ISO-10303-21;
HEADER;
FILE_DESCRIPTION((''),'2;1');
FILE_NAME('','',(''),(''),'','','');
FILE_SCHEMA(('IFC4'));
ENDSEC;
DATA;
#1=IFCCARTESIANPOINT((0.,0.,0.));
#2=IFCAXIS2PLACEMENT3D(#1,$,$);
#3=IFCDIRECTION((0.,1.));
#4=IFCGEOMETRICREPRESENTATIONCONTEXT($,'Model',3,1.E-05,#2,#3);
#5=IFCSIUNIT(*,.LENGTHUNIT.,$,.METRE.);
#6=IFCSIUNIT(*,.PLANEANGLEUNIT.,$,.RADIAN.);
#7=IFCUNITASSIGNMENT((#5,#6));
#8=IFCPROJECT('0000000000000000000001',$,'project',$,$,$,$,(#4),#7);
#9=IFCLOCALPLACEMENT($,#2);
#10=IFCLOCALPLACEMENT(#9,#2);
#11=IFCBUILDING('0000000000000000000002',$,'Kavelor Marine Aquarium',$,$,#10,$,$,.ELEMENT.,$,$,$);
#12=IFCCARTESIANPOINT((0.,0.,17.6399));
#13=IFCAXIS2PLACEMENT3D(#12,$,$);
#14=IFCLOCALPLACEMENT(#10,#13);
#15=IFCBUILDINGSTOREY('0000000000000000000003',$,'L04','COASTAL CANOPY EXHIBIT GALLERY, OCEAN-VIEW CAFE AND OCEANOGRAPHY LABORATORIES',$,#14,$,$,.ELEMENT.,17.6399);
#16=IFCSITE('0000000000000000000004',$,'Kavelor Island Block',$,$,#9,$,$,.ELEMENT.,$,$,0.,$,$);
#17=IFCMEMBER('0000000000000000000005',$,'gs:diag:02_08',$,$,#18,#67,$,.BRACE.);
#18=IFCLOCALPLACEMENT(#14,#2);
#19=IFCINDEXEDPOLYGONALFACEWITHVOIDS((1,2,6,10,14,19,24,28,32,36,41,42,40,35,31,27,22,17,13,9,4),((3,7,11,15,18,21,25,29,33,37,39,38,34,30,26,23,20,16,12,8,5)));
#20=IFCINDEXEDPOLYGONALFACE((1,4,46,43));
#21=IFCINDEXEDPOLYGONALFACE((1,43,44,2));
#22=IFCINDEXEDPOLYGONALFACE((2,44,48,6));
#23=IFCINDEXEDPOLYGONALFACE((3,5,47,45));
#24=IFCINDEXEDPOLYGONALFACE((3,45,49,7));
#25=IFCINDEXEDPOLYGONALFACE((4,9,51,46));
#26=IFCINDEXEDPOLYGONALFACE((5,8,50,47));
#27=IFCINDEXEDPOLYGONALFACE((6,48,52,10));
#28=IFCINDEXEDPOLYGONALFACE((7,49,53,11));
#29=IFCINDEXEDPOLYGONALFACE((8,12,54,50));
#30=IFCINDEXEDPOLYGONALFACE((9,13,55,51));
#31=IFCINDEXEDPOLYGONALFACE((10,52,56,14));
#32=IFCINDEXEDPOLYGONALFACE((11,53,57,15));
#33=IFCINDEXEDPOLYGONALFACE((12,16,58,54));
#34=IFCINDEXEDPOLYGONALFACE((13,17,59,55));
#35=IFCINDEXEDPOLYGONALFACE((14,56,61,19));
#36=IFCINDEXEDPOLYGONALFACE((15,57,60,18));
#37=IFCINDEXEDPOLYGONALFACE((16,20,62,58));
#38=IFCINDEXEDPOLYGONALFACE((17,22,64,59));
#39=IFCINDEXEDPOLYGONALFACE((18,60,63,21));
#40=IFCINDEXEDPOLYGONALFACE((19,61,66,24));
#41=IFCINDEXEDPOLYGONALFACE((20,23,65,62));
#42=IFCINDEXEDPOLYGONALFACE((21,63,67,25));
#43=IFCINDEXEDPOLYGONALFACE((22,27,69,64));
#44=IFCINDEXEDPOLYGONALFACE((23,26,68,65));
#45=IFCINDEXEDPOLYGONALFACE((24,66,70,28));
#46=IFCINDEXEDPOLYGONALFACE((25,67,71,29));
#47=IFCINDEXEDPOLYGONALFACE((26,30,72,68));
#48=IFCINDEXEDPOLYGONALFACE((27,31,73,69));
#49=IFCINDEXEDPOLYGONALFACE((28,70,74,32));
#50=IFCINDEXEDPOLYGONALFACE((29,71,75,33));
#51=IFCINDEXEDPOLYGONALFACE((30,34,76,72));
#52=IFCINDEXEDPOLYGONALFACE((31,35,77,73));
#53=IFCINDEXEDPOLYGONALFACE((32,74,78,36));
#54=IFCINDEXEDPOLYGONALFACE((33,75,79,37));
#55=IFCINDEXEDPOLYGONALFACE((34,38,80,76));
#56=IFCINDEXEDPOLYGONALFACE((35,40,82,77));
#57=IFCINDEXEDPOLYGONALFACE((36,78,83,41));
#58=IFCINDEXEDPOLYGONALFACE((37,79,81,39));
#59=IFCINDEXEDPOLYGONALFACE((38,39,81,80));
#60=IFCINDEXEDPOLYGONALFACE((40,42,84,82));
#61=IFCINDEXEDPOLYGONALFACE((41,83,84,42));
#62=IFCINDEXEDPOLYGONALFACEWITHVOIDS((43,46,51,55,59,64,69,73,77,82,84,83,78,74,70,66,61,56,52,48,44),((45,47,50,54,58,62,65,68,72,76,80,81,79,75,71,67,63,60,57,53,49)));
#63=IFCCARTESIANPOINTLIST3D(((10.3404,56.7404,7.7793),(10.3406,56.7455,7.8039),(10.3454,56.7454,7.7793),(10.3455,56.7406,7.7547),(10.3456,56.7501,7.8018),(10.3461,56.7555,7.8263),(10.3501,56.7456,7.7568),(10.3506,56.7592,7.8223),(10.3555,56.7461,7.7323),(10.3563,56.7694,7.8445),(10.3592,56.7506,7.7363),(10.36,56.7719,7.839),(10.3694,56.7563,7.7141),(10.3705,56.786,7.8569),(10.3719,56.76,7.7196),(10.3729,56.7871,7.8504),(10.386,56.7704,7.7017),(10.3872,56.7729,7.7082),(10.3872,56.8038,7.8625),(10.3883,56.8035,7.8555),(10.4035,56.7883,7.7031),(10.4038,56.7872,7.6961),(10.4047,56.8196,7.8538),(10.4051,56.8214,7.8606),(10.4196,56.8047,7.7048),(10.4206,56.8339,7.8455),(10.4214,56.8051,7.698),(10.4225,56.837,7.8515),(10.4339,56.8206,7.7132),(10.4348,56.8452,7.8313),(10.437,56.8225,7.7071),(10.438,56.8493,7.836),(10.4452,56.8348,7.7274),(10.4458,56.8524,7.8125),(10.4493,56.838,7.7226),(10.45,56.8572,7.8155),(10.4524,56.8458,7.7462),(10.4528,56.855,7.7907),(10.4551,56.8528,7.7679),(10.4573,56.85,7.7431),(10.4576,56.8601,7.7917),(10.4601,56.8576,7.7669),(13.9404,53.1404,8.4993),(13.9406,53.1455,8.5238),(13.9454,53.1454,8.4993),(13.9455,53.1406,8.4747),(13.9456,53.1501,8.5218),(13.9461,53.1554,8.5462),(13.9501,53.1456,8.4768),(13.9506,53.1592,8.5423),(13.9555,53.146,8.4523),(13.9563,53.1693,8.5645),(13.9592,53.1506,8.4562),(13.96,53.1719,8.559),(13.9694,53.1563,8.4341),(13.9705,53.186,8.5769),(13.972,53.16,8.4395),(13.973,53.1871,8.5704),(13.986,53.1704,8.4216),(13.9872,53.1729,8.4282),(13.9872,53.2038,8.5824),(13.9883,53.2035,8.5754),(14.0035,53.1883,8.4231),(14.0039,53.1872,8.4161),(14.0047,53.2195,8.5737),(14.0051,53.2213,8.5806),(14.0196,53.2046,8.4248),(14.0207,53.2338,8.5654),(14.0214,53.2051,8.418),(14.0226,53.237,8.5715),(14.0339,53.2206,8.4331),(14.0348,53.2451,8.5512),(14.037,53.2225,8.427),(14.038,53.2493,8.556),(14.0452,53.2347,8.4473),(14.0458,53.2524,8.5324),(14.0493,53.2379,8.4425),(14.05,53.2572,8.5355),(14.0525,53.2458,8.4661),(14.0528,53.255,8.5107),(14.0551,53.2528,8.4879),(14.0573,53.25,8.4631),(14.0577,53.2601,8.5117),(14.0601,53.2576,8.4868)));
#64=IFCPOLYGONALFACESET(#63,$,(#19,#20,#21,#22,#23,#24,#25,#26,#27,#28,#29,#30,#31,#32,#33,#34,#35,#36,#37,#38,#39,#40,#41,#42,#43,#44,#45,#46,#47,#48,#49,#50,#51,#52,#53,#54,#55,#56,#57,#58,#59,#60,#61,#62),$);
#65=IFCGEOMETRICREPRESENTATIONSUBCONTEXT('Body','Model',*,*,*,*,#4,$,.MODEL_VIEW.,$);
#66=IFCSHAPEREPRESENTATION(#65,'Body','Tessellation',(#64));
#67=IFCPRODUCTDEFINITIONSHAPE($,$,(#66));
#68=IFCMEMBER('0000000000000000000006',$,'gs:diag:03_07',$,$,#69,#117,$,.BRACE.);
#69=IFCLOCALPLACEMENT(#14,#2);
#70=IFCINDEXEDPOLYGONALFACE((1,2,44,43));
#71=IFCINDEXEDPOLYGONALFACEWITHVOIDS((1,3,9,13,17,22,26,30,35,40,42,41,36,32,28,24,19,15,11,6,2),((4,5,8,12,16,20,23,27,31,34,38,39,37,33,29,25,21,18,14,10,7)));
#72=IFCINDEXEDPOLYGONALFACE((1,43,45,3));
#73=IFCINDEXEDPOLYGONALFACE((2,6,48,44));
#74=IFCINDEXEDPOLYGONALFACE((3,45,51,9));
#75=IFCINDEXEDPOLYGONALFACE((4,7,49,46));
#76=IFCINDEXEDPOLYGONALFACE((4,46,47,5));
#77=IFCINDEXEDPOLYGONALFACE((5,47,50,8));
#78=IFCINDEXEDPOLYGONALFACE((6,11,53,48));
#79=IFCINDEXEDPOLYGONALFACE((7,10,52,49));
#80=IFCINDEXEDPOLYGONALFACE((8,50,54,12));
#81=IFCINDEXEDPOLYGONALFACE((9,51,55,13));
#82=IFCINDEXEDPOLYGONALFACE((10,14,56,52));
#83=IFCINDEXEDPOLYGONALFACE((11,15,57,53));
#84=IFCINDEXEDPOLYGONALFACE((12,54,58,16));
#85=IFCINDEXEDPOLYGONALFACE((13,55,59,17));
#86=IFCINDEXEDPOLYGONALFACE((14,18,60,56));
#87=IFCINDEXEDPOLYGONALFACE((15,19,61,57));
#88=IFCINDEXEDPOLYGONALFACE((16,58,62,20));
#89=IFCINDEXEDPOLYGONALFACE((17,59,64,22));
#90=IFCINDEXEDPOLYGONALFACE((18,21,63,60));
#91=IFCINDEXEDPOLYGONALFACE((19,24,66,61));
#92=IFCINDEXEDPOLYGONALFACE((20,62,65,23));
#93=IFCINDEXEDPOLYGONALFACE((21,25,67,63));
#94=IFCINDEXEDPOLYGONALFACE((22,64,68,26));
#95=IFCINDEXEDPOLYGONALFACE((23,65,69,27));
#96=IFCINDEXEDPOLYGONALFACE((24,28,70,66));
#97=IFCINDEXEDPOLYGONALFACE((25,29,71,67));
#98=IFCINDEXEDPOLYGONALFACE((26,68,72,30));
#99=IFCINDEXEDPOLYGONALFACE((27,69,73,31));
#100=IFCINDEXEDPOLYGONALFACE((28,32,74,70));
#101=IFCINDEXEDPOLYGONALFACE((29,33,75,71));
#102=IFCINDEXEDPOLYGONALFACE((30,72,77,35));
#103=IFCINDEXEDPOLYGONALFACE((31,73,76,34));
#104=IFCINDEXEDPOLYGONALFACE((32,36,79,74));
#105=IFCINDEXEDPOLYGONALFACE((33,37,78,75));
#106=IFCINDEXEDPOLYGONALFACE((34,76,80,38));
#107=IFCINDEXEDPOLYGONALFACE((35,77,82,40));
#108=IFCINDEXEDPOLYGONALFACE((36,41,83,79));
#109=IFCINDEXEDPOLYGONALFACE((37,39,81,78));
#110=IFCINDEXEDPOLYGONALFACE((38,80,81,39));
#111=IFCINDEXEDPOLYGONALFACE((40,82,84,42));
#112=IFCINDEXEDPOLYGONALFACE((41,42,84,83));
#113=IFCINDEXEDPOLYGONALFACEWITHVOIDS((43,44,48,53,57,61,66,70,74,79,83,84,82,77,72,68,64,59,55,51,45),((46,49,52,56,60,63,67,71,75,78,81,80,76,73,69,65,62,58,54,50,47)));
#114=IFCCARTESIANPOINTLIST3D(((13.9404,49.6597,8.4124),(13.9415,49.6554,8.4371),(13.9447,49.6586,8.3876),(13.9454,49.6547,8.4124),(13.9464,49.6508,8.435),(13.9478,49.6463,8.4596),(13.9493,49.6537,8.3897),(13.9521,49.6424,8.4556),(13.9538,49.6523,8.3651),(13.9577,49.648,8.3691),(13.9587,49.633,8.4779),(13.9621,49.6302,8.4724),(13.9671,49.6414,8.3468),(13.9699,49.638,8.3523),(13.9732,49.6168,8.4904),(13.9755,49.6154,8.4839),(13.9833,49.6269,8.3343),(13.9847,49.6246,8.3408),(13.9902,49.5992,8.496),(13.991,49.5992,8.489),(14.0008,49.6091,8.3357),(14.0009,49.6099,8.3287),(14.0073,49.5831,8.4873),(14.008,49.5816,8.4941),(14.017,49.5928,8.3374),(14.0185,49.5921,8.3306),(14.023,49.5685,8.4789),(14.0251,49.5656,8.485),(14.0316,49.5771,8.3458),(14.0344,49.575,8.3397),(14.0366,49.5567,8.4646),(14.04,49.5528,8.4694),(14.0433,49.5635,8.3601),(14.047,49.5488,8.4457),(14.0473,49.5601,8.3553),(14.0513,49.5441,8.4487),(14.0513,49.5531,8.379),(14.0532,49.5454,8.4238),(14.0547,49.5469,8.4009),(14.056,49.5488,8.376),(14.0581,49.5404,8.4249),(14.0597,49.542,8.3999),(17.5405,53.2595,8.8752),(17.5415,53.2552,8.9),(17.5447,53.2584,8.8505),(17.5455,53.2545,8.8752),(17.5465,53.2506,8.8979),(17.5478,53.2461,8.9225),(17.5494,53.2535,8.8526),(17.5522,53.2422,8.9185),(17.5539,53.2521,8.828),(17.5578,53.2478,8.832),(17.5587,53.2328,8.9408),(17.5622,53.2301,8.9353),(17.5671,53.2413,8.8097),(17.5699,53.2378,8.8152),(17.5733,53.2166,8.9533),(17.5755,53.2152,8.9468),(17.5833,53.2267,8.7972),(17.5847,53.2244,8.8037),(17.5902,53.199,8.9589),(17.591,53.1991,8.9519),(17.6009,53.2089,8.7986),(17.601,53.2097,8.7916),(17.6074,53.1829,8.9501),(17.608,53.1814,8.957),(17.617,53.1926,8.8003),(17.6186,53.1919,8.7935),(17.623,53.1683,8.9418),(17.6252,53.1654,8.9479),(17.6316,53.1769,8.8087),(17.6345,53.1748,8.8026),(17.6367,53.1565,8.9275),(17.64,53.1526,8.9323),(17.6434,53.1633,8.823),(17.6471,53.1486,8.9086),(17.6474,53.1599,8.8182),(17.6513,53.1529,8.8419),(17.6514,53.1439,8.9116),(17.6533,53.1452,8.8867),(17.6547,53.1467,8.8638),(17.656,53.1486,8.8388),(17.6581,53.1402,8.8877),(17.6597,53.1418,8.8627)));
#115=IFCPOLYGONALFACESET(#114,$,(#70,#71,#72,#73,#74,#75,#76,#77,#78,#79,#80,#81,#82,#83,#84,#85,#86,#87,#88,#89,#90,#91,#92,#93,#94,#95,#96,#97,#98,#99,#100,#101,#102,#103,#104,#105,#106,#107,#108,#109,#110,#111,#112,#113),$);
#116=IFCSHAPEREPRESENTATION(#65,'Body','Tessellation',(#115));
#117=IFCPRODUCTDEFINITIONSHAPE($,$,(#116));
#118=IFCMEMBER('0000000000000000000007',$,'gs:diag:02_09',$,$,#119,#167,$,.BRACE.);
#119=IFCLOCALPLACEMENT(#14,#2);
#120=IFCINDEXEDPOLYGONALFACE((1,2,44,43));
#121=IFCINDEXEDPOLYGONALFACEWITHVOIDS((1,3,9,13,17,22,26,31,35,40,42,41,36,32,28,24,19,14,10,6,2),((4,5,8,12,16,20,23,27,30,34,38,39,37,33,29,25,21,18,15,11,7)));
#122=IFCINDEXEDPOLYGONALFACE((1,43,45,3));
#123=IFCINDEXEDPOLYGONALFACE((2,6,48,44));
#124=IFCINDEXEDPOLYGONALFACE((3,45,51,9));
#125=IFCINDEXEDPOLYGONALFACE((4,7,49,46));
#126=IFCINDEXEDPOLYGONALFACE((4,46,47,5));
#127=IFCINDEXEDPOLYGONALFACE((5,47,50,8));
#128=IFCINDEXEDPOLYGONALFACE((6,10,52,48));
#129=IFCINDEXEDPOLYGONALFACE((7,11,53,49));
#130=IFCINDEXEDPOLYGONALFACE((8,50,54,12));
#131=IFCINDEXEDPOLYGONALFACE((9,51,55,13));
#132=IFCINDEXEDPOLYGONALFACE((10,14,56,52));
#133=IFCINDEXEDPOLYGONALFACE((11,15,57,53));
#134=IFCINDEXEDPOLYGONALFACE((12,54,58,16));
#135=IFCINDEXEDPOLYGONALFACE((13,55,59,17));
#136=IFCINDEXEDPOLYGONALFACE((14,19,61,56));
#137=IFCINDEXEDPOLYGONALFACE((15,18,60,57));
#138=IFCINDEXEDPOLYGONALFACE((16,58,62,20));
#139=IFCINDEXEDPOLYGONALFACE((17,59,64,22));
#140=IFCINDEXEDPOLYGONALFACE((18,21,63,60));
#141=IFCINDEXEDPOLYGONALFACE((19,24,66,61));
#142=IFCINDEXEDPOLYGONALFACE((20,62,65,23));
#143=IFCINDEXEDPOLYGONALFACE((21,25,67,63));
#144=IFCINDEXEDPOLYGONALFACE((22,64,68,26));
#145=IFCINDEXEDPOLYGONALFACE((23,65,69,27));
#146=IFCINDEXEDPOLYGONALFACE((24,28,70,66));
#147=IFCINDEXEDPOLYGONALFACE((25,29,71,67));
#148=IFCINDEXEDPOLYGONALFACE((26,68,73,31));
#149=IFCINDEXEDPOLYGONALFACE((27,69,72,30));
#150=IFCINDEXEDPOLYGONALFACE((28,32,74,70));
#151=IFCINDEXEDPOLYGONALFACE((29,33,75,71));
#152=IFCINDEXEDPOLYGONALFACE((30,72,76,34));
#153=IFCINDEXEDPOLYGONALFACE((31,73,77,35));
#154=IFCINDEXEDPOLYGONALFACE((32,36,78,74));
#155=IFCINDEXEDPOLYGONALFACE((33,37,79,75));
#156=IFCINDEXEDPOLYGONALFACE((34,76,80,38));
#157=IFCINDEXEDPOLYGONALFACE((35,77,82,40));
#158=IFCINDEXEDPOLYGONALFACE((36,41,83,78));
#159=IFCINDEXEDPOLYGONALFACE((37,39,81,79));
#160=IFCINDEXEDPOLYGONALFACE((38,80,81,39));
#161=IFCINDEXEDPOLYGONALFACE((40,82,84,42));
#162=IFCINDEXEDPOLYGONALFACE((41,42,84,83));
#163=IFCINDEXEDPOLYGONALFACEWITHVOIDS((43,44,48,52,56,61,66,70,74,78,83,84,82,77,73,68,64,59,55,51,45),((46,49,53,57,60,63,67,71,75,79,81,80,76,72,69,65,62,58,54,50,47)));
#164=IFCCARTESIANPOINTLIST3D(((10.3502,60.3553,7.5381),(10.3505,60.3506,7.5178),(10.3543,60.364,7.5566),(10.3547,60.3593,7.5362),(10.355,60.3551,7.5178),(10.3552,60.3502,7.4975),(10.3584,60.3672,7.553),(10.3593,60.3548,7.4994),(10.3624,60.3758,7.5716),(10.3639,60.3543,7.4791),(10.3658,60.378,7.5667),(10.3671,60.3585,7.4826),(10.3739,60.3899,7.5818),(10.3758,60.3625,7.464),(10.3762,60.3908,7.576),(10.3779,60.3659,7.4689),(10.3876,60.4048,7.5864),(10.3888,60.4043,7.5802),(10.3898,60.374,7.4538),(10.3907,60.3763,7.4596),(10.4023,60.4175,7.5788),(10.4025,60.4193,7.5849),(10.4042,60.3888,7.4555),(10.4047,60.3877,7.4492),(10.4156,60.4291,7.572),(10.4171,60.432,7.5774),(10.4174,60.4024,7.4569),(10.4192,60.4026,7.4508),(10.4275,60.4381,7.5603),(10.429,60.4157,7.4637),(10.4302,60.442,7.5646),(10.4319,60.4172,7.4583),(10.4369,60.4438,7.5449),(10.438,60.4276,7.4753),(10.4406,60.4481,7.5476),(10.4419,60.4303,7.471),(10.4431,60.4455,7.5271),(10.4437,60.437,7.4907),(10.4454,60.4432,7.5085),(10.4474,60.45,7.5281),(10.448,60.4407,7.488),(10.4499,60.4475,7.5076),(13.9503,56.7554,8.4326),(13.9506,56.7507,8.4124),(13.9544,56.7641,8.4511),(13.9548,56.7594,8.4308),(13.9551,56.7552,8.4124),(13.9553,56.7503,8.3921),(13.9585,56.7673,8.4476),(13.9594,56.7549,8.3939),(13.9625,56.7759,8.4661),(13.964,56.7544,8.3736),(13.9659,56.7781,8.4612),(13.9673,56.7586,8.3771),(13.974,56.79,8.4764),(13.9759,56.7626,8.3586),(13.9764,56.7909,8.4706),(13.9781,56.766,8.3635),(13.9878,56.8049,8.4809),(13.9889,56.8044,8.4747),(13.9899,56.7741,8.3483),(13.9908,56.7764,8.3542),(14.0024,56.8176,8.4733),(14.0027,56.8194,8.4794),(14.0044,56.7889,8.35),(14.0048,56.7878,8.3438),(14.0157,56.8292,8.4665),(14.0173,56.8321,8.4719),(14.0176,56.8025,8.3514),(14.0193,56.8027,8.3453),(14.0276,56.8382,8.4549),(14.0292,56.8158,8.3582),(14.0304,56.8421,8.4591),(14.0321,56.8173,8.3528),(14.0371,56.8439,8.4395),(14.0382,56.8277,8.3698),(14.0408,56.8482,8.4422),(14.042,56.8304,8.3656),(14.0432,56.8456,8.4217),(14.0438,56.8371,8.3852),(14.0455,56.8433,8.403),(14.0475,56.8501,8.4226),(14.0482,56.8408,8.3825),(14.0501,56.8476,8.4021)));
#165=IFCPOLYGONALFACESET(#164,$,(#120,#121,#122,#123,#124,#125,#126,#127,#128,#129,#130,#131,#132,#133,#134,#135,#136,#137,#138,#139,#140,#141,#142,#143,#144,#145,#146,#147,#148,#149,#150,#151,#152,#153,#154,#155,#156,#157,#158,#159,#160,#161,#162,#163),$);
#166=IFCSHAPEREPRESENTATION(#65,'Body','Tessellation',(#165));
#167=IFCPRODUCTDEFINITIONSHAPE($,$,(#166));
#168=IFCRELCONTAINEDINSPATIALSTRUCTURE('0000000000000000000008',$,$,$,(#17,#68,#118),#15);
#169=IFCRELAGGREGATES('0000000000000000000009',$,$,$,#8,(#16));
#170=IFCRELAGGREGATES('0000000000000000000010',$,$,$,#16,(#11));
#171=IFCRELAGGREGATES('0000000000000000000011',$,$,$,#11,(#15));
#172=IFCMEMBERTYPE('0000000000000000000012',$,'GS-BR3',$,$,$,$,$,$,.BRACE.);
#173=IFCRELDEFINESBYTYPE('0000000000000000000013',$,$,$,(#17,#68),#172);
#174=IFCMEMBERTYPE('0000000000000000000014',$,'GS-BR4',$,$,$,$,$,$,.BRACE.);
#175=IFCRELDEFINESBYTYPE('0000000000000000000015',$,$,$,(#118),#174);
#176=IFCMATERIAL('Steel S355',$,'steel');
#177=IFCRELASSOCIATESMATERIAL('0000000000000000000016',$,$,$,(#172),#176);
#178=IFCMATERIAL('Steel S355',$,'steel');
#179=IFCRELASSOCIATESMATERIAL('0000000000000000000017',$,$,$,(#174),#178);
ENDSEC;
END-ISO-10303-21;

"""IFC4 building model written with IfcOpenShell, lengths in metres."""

from ifc_helpers import new_model, si_unit, direction, frame, origin, origin_2d, place, context, subcontext, project, spatial, hollow_circle, extrude, material, material_profile, profile_set, type_object, element, save


model = new_model("IFC4")

# Units and contexts
model_context = context("Model", 3, precision=1e-05, world=origin(), true_north=direction((0.0, 1.0)))
body_context = subcontext(model_context, "Body", "Model", "MODEL_VIEW")
ifc_project = project(units=[si_unit("LENGTHUNIT", "METRE"), si_unit("PLANEANGLEUNIT", "RADIAN")], contexts=[model_context])

# Site, building, storey
site_placement = place(None, origin())
site = spatial("IfcSite", under=ifc_project, at=site_placement, Name="Kavelor Island Block", CompositionType="ELEMENT", RefElevation=0.0)
building_placement = place(site_placement, origin())
building = spatial("IfcBuilding", under=site, at=building_placement, Name="Kavelor Marine Aquarium", CompositionType="ELEMENT")
storey_placement = place(building_placement, frame((0.0, 0.0, 17.6399)))
storey = spatial("IfcBuildingStorey", under=building, at=storey_placement, Name="L04", Description="COASTAL CANOPY EXHIBIT GALLERY, OCEAN-VIEW CAFE AND OCEANOGRAPHY LABORATORIES", CompositionType="ELEMENT", Elevation=17.6399)

# Members
ifc_material_1 = material(Name="Steel S355", Category="steel")
ifc_material_profile_1 = material_profile(ifc_material_1, hollow_circle(Radius=0.0842, WallThickness=0.0071, at=origin_2d()), Name="CHS 168.3x7.1")
ifc_profile_set_1 = profile_set([ifc_material_profile_1], Name="Steel S355")
member_type_1 = type_object("IfcMemberType", Name="GS-BR3", PredefinedType="BRACE", material=ifc_profile_set_1)
member_1_placement = place(storey_placement, frame((14.0, 53.2, 8.4993), z_axis=(-0.700141, 0.700141, -0.140019), x_axis=(-0.707107, -0.707107, 0.0)))
element("IfcMember", 1, at=member_1_placement, inside=storey, type_object=member_type_1, Name="gs:diag:02_08", PredefinedType="BRACE", context=body_context, shape_type="SweptSolid", body=[
    extrude(hollow_circle(Radius=0.0842, WallThickness=0.0071, at=origin_2d()), origin(), (0.0, 0.0, 1.0), 5.1418),
])
member_2_placement = place(storey_placement, frame((14.0, 49.6001, 8.4124), z_axis=(0.704226, 0.704178, 0.090547), x_axis=(-0.707083, 0.707131, 0.0)))
element("IfcMember", 2, at=member_2_placement, inside=storey, type_object=member_type_1, Name="gs:diag:03_07", PredefinedType="BRACE", context=body_context, shape_type="SweptSolid", body=[
    extrude(hollow_circle(Radius=0.0842, WallThickness=0.0071, at=origin_2d()), origin(), (0.0, 0.0, 1.0), 5.1121),
])
ifc_material_2 = material(Name="Steel S355", Category="steel")
ifc_material_profile_2 = material_profile(ifc_material_2, hollow_circle(Radius=0.0698, WallThickness=0.0063, at=origin_2d()), Name="CHS 139.7x6.3")
ifc_profile_set_2 = profile_set([ifc_material_profile_2], Name="Steel S355")
member_type_2 = type_object("IfcMemberType", Name="GS-BR4", PredefinedType="BRACE", material=ifc_profile_set_2)
member_3_placement = place(storey_placement, frame((14.0, 56.8, 8.4124), z_axis=(-0.696462, 0.696415, -0.173053), x_axis=(-0.707083, -0.707131, 0.0)))
element("IfcMember", 3, at=member_3_placement, inside=storey, type_object=member_type_2, Name="gs:diag:02_09", PredefinedType="BRACE", context=body_context, shape_type="SweptSolid", body=[
    extrude(hollow_circle(Radius=0.0698, WallThickness=0.0063, at=origin_2d()), origin(), (0.0, 0.0, 1.0), 5.1692),
])

save(model, "model.ifc")
